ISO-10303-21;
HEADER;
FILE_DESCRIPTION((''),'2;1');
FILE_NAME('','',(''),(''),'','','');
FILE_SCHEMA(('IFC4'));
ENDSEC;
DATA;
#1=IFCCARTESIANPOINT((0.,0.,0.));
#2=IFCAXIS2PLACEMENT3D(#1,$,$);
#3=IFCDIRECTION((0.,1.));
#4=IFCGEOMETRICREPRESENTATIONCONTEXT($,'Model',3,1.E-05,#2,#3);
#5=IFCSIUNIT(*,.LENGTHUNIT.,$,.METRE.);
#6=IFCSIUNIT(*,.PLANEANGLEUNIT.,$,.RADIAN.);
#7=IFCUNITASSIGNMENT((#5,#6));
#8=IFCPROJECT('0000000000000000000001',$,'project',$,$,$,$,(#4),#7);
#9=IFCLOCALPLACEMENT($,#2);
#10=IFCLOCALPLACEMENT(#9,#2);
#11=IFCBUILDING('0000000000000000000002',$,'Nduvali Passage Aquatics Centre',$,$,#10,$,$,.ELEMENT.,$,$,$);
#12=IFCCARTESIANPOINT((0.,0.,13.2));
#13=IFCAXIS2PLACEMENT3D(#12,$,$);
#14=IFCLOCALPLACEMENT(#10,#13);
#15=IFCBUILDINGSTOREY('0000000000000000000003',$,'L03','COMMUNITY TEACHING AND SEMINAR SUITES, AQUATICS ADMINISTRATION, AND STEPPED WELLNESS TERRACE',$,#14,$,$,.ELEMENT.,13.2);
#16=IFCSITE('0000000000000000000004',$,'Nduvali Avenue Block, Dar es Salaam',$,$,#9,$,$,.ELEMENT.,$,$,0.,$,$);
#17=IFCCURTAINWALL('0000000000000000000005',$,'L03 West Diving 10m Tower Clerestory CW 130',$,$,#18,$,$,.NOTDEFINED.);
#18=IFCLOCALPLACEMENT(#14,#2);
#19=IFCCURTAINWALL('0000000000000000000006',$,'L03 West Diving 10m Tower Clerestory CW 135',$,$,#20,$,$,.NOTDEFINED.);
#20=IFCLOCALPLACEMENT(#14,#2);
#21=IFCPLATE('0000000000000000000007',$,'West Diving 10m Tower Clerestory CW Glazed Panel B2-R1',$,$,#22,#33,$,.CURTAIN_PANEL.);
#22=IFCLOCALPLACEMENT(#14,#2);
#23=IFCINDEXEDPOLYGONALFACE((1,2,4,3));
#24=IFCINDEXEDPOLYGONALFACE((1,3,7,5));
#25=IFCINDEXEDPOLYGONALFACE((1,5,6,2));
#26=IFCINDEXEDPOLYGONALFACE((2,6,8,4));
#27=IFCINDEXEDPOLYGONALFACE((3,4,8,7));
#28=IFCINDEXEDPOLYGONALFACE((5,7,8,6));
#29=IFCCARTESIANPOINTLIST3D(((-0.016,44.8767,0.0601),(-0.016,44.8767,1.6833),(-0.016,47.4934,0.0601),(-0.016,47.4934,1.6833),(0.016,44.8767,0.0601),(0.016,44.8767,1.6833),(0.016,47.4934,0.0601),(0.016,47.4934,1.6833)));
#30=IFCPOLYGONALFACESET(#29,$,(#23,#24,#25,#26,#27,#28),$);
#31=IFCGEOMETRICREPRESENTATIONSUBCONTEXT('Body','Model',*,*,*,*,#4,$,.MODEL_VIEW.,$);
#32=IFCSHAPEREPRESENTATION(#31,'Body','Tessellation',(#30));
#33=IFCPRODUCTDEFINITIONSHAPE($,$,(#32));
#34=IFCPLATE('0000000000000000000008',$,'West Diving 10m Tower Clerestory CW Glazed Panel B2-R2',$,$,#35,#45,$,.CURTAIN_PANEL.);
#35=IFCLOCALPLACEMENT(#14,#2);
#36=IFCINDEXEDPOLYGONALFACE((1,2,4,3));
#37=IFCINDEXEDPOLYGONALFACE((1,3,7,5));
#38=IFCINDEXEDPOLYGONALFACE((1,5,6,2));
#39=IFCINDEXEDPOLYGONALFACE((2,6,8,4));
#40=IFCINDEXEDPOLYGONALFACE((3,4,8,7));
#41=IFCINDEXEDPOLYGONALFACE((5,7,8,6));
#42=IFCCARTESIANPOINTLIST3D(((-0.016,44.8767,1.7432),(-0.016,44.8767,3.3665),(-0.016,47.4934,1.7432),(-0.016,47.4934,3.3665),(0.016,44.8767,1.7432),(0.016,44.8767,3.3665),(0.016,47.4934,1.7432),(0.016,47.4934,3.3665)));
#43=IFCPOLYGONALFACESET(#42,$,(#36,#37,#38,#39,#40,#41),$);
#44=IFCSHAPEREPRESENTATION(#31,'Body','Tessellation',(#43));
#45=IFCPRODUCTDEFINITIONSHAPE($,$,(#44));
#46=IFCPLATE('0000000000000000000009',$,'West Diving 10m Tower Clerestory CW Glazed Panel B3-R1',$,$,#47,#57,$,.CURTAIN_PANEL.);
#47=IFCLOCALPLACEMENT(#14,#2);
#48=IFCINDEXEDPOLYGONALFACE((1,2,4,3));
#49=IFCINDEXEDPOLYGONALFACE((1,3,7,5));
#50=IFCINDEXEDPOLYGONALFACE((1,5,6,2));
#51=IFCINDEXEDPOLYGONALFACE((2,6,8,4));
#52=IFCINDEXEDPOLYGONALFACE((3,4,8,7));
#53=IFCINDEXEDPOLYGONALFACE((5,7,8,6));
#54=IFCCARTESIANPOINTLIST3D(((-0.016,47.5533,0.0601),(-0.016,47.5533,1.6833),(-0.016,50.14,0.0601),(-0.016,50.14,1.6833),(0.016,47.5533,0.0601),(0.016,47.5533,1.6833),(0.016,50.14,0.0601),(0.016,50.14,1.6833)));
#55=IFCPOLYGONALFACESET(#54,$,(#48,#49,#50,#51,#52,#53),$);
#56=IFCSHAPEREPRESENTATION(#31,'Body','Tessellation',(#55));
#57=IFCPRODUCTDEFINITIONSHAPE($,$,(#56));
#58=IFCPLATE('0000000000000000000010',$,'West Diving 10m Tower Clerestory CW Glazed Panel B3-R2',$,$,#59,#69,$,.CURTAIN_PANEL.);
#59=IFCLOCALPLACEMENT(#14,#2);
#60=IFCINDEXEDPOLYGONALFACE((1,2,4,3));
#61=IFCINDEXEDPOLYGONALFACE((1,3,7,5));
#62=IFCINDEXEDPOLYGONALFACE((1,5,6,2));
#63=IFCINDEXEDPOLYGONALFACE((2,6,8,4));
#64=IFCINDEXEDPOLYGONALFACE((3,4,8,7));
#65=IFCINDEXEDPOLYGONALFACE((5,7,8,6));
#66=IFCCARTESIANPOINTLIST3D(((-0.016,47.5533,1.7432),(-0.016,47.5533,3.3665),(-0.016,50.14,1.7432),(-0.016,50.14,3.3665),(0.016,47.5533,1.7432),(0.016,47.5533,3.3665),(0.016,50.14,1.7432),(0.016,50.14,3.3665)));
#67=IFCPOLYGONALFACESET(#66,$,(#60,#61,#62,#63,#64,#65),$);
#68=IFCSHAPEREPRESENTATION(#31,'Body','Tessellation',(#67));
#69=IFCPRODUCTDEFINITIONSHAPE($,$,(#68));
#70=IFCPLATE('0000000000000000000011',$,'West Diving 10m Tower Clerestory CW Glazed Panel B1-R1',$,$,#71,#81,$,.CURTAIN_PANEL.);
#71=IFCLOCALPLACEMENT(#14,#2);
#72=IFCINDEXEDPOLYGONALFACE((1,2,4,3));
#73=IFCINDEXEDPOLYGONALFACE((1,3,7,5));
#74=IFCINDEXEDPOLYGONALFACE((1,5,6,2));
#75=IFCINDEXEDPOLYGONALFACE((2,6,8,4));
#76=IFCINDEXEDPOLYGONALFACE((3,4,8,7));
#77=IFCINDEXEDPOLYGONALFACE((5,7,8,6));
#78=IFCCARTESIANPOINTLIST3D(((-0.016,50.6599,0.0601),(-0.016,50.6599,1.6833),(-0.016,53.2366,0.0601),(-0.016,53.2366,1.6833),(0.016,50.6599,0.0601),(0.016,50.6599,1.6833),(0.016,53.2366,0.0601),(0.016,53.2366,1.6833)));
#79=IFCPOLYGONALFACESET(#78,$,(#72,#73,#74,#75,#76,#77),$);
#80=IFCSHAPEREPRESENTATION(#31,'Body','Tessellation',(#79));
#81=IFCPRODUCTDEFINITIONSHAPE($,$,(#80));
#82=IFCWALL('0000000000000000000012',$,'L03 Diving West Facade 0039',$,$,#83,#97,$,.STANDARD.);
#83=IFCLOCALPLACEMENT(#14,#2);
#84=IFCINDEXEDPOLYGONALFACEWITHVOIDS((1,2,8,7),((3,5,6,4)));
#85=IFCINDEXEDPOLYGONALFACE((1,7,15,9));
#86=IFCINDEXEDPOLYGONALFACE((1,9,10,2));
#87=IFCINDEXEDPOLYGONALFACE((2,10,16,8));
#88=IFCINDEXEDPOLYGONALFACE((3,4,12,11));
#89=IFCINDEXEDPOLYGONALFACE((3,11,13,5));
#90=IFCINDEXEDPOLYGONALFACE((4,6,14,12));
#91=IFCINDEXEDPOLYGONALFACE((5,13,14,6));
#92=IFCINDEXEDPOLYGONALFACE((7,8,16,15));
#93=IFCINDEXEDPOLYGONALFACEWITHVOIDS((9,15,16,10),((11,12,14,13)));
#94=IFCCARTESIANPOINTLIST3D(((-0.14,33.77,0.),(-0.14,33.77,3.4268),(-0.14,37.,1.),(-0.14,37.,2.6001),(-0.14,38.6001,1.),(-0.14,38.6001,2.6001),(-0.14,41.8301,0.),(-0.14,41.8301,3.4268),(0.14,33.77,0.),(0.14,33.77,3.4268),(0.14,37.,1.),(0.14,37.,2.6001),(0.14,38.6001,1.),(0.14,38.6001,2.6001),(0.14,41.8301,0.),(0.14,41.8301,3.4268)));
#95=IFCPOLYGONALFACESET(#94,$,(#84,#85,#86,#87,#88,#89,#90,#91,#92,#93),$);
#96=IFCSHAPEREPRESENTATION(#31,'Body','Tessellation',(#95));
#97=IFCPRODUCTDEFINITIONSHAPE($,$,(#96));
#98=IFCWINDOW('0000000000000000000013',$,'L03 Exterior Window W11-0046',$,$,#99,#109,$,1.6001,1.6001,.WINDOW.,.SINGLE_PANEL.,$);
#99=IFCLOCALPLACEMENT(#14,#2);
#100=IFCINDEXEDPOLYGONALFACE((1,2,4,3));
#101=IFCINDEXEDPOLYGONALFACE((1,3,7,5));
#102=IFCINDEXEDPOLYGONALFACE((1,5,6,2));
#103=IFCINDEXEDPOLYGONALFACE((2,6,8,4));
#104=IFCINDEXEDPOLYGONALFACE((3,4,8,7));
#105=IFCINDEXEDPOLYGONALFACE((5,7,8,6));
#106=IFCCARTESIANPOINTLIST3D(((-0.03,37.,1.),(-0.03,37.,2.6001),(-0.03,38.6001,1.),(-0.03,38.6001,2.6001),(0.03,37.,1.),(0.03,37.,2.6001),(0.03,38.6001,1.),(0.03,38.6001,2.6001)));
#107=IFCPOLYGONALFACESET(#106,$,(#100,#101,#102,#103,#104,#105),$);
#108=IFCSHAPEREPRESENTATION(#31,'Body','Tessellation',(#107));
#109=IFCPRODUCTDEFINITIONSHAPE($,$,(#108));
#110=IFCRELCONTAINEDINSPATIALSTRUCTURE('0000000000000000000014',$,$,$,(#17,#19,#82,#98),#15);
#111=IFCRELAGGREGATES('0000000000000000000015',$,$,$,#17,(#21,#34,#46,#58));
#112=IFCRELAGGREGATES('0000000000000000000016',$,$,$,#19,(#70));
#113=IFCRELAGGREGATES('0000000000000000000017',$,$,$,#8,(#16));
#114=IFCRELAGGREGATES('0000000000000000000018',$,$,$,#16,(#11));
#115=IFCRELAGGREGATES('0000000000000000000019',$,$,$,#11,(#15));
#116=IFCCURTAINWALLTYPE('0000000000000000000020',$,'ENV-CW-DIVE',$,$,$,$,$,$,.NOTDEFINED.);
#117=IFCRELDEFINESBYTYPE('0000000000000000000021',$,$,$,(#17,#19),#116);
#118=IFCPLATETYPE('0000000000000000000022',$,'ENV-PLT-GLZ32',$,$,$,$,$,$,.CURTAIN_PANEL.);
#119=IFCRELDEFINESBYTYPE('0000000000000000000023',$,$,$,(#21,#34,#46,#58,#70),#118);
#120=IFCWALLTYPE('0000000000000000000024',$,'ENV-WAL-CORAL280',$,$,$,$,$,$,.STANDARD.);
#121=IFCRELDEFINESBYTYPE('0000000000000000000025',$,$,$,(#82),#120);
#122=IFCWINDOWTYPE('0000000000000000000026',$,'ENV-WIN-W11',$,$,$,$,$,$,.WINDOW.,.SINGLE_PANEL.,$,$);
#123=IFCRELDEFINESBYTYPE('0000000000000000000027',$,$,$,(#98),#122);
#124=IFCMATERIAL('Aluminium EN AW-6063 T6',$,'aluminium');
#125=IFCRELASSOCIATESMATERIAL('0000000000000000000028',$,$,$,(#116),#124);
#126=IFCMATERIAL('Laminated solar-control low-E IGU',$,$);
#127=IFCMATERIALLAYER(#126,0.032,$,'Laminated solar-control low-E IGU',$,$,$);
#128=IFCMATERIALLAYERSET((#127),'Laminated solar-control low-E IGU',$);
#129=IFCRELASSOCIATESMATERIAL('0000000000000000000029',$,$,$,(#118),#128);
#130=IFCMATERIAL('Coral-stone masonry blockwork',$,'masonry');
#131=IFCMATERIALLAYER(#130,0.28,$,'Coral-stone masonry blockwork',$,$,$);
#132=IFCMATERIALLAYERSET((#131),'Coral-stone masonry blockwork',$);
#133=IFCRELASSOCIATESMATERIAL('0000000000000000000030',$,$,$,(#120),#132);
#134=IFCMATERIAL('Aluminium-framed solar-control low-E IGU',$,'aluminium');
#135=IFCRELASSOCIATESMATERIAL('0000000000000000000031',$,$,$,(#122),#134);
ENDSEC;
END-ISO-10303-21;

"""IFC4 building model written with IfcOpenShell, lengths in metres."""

from ifc_helpers import new_model, si_unit, direction, frame, frame_2d, origin, origin_2d, place, context, subcontext, project, spatial, rectangle, extrude, material, layer, layer_set, type_object, element, fill, aggregate, save


model = new_model("IFC4")

# Units and contexts
model_context = context("Model", 3, precision=1e-05, world=origin(), true_north=direction((0.0, 1.0)))
body_context = subcontext(model_context, "Body", "Model", "MODEL_VIEW")
ifc_project = project(units=[si_unit("LENGTHUNIT", "METRE"), si_unit("PLANEANGLEUNIT", "RADIAN")], contexts=[model_context])

# Site, building, storey
site_placement = place(None, origin())
site = spatial("IfcSite", under=ifc_project, at=site_placement, Name="Nduvali Avenue Block, Dar es Salaam", CompositionType="ELEMENT", RefElevation=0.0)
building_placement = place(site_placement, origin())
building = spatial("IfcBuilding", under=site, at=building_placement, Name="Nduvali Passage Aquatics Centre", CompositionType="ELEMENT")
storey_placement = place(building_placement, frame((0.0, 0.0, 13.2)))
storey = spatial("IfcBuildingStorey", under=building, at=storey_placement, Name="L03", Description="COMMUNITY TEACHING AND SEMINAR SUITES, AQUATICS ADMINISTRATION, AND STEPPED WELLNESS TERRACE", CompositionType="ELEMENT", Elevation=13.2)

# Curtain wall
ifc_material_1 = material(Name="Aluminium EN AW-6063 T6", Category="aluminium")
curtain_wall_type = type_object("IfcCurtainWallType", Name="ENV-CW-DIVE", PredefinedType="NOTDEFINED", material=ifc_material_1)
curtain_wall_1_placement = place(storey_placement, origin())
curtain_wall_1 = element("IfcCurtainWall", 1, at=curtain_wall_1_placement, inside=storey, type_object=curtain_wall_type, Name="L03 West Diving 10m Tower Clerestory CW 130", PredefinedType="NOTDEFINED")

# Curtain wall
curtain_wall_2_placement = place(storey_placement, origin())
curtain_wall_2 = element("IfcCurtainWall", 2, at=curtain_wall_2_placement, inside=storey, type_object=curtain_wall_type, Name="L03 West Diving 10m Tower Clerestory CW 135", PredefinedType="NOTDEFINED")

# Plates
ifc_material_2 = material(Name="Laminated solar-control low-E IGU")
ifc_layer_1 = layer(ifc_material_2, 0.032, Name="Laminated solar-control low-E IGU")
ifc_layer_set_1 = layer_set([ifc_layer_1], Name="Laminated solar-control low-E IGU")
plate_type = type_object("IfcPlateType", Name="ENV-PLT-GLZ32", PredefinedType="CURTAIN_PANEL", material=ifc_layer_set_1)
plate_1_placement = place(storey_placement, frame((0.0, 46.1851, 0.0601), z_axis=(0.0, 0.0, 1.0), x_axis=(0.0, 1.0, 0.0)))
plate_1 = element("IfcPlate", 3, at=plate_1_placement, type_object=plate_type, Name="West Diving 10m Tower Clerestory CW Glazed Panel B2-R1", PredefinedType="CURTAIN_PANEL", context=body_context, shape_type="SweptSolid", body=[
    extrude(rectangle(XDim=2.6167, YDim=0.032, at=origin_2d()), origin(), (0.0, 0.0, 1.0), 1.6233),
])
plate_2_placement = place(storey_placement, frame((0.0, 46.1851, 1.7432), z_axis=(0.0, 0.0, 1.0), x_axis=(0.0, 1.0, 0.0)))
plate_2 = element("IfcPlate", 4, at=plate_2_placement, type_object=plate_type, Name="West Diving 10m Tower Clerestory CW Glazed Panel B2-R2", PredefinedType="CURTAIN_PANEL", context=body_context, shape_type="SweptSolid", body=[
    extrude(rectangle(XDim=2.6167, YDim=0.032, at=origin_2d()), origin(), (0.0, 0.0, 1.0), 1.6233),
])
plate_3_placement = place(storey_placement, frame((0.0, 48.8467, 0.0601), z_axis=(0.0, 0.0, 1.0), x_axis=(0.0, 1.0, 0.0)))
plate_3 = element("IfcPlate", 5, at=plate_3_placement, type_object=plate_type, Name="West Diving 10m Tower Clerestory CW Glazed Panel B3-R1", PredefinedType="CURTAIN_PANEL", context=body_context, shape_type="SweptSolid", body=[
    extrude(rectangle(XDim=2.5867, YDim=0.032, at=origin_2d()), origin(), (0.0, 0.0, 1.0), 1.6233),
])
plate_4_placement = place(storey_placement, frame((0.0, 48.8467, 1.7432), z_axis=(0.0, 0.0, 1.0), x_axis=(0.0, 1.0, 0.0)))
plate_4 = element("IfcPlate", 6, at=plate_4_placement, type_object=plate_type, Name="West Diving 10m Tower Clerestory CW Glazed Panel B3-R2", PredefinedType="CURTAIN_PANEL", context=body_context, shape_type="SweptSolid", body=[
    extrude(rectangle(XDim=2.5867, YDim=0.032, at=origin_2d()), origin(), (0.0, 0.0, 1.0), 1.6233),
])
aggregate(curtain_wall_1, [plate_1, plate_2, plate_3, plate_4])
plate_5_placement = place(storey_placement, frame((0.0, 51.9482, 0.0601), z_axis=(0.0, 0.0, 1.0), x_axis=(0.0, 1.0, 0.0)))
plate_5 = element("IfcPlate", 7, at=plate_5_placement, type_object=plate_type, Name="West Diving 10m Tower Clerestory CW Glazed Panel B1-R1", PredefinedType="CURTAIN_PANEL", context=body_context, shape_type="SweptSolid", body=[
    extrude(rectangle(XDim=2.5767, YDim=0.032, at=origin_2d()), origin(), (0.0, 0.0, 1.0), 1.6233),
])
aggregate(curtain_wall_2, [plate_5])

# Wall, opening, window
ifc_material_3 = material(Name="Coral-stone masonry blockwork", Category="masonry")
ifc_layer_2 = layer(ifc_material_3, 0.28, Name="Coral-stone masonry blockwork")
ifc_layer_set_2 = layer_set([ifc_layer_2], Name="Coral-stone masonry blockwork")
wall_type = type_object("IfcWallType", Name="ENV-WAL-CORAL280", PredefinedType="STANDARD", material=ifc_layer_set_2)
wall_placement = place(storey_placement, frame((0.0, 41.8301, 0.0), z_axis=(0.0, 0.0, 1.0), x_axis=(0.0, -1.0, 0.0)))
wall = element("IfcWall", 8, at=wall_placement, inside=storey, type_object=wall_type, Name="L03 Diving West Facade 0039", PredefinedType="STANDARD", context=body_context, shape_type="SweptSolid", body=[
    extrude(rectangle(XDim=8.0601, YDim=0.28, at=frame_2d((4.03, 0.0))), origin(), (0.0, 0.0, 1.0), 3.4268),
])
opening_placement = place(wall_placement, frame((3.23, 0.0, 1.0)))
opening = element("IfcOpeningElement", 9, at=opening_placement, cuts=wall, PredefinedType="OPENING", context=body_context, shape_type="SweptSolid", body=[
    extrude(rectangle(XDim=1.6001, YDim=1.6001, at=frame_2d((0.8, 0.8))), frame((0.0, 0.1548, 0.0), z_axis=(0.0, -1.0, 0.0), x_axis=(1.0, 0.0, 0.0)), (0.0, 0.0, 1.0), 0.3098),
])
ifc_material_4 = material(Name="Aluminium-framed solar-control low-E IGU", Category="aluminium")
window_type = type_object("IfcWindowType", Name="ENV-WIN-W11", PartitioningType="SINGLE_PANEL", PredefinedType="WINDOW", material=ifc_material_4)
window_placement = place(opening_placement, origin())
window = element("IfcWindow", 10, at=window_placement, inside=storey, type_object=window_type, Name="L03 Exterior Window W11-0046", OverallHeight=1.6001, OverallWidth=1.6001, PartitioningType="SINGLE_PANEL", PredefinedType="WINDOW", context=body_context, shape_type="SweptSolid", body=[
    extrude(rectangle(XDim=1.6001, YDim=1.6001, at=frame_2d((0.8, 0.8))), frame((0.0, 0.03, 0.0), z_axis=(0.0, -1.0, 0.0), x_axis=(1.0, 0.0, 0.0)), (0.0, 0.0, 1.0), 0.0601),
])
fill(opening, window)

save(model, "model.ifc")
